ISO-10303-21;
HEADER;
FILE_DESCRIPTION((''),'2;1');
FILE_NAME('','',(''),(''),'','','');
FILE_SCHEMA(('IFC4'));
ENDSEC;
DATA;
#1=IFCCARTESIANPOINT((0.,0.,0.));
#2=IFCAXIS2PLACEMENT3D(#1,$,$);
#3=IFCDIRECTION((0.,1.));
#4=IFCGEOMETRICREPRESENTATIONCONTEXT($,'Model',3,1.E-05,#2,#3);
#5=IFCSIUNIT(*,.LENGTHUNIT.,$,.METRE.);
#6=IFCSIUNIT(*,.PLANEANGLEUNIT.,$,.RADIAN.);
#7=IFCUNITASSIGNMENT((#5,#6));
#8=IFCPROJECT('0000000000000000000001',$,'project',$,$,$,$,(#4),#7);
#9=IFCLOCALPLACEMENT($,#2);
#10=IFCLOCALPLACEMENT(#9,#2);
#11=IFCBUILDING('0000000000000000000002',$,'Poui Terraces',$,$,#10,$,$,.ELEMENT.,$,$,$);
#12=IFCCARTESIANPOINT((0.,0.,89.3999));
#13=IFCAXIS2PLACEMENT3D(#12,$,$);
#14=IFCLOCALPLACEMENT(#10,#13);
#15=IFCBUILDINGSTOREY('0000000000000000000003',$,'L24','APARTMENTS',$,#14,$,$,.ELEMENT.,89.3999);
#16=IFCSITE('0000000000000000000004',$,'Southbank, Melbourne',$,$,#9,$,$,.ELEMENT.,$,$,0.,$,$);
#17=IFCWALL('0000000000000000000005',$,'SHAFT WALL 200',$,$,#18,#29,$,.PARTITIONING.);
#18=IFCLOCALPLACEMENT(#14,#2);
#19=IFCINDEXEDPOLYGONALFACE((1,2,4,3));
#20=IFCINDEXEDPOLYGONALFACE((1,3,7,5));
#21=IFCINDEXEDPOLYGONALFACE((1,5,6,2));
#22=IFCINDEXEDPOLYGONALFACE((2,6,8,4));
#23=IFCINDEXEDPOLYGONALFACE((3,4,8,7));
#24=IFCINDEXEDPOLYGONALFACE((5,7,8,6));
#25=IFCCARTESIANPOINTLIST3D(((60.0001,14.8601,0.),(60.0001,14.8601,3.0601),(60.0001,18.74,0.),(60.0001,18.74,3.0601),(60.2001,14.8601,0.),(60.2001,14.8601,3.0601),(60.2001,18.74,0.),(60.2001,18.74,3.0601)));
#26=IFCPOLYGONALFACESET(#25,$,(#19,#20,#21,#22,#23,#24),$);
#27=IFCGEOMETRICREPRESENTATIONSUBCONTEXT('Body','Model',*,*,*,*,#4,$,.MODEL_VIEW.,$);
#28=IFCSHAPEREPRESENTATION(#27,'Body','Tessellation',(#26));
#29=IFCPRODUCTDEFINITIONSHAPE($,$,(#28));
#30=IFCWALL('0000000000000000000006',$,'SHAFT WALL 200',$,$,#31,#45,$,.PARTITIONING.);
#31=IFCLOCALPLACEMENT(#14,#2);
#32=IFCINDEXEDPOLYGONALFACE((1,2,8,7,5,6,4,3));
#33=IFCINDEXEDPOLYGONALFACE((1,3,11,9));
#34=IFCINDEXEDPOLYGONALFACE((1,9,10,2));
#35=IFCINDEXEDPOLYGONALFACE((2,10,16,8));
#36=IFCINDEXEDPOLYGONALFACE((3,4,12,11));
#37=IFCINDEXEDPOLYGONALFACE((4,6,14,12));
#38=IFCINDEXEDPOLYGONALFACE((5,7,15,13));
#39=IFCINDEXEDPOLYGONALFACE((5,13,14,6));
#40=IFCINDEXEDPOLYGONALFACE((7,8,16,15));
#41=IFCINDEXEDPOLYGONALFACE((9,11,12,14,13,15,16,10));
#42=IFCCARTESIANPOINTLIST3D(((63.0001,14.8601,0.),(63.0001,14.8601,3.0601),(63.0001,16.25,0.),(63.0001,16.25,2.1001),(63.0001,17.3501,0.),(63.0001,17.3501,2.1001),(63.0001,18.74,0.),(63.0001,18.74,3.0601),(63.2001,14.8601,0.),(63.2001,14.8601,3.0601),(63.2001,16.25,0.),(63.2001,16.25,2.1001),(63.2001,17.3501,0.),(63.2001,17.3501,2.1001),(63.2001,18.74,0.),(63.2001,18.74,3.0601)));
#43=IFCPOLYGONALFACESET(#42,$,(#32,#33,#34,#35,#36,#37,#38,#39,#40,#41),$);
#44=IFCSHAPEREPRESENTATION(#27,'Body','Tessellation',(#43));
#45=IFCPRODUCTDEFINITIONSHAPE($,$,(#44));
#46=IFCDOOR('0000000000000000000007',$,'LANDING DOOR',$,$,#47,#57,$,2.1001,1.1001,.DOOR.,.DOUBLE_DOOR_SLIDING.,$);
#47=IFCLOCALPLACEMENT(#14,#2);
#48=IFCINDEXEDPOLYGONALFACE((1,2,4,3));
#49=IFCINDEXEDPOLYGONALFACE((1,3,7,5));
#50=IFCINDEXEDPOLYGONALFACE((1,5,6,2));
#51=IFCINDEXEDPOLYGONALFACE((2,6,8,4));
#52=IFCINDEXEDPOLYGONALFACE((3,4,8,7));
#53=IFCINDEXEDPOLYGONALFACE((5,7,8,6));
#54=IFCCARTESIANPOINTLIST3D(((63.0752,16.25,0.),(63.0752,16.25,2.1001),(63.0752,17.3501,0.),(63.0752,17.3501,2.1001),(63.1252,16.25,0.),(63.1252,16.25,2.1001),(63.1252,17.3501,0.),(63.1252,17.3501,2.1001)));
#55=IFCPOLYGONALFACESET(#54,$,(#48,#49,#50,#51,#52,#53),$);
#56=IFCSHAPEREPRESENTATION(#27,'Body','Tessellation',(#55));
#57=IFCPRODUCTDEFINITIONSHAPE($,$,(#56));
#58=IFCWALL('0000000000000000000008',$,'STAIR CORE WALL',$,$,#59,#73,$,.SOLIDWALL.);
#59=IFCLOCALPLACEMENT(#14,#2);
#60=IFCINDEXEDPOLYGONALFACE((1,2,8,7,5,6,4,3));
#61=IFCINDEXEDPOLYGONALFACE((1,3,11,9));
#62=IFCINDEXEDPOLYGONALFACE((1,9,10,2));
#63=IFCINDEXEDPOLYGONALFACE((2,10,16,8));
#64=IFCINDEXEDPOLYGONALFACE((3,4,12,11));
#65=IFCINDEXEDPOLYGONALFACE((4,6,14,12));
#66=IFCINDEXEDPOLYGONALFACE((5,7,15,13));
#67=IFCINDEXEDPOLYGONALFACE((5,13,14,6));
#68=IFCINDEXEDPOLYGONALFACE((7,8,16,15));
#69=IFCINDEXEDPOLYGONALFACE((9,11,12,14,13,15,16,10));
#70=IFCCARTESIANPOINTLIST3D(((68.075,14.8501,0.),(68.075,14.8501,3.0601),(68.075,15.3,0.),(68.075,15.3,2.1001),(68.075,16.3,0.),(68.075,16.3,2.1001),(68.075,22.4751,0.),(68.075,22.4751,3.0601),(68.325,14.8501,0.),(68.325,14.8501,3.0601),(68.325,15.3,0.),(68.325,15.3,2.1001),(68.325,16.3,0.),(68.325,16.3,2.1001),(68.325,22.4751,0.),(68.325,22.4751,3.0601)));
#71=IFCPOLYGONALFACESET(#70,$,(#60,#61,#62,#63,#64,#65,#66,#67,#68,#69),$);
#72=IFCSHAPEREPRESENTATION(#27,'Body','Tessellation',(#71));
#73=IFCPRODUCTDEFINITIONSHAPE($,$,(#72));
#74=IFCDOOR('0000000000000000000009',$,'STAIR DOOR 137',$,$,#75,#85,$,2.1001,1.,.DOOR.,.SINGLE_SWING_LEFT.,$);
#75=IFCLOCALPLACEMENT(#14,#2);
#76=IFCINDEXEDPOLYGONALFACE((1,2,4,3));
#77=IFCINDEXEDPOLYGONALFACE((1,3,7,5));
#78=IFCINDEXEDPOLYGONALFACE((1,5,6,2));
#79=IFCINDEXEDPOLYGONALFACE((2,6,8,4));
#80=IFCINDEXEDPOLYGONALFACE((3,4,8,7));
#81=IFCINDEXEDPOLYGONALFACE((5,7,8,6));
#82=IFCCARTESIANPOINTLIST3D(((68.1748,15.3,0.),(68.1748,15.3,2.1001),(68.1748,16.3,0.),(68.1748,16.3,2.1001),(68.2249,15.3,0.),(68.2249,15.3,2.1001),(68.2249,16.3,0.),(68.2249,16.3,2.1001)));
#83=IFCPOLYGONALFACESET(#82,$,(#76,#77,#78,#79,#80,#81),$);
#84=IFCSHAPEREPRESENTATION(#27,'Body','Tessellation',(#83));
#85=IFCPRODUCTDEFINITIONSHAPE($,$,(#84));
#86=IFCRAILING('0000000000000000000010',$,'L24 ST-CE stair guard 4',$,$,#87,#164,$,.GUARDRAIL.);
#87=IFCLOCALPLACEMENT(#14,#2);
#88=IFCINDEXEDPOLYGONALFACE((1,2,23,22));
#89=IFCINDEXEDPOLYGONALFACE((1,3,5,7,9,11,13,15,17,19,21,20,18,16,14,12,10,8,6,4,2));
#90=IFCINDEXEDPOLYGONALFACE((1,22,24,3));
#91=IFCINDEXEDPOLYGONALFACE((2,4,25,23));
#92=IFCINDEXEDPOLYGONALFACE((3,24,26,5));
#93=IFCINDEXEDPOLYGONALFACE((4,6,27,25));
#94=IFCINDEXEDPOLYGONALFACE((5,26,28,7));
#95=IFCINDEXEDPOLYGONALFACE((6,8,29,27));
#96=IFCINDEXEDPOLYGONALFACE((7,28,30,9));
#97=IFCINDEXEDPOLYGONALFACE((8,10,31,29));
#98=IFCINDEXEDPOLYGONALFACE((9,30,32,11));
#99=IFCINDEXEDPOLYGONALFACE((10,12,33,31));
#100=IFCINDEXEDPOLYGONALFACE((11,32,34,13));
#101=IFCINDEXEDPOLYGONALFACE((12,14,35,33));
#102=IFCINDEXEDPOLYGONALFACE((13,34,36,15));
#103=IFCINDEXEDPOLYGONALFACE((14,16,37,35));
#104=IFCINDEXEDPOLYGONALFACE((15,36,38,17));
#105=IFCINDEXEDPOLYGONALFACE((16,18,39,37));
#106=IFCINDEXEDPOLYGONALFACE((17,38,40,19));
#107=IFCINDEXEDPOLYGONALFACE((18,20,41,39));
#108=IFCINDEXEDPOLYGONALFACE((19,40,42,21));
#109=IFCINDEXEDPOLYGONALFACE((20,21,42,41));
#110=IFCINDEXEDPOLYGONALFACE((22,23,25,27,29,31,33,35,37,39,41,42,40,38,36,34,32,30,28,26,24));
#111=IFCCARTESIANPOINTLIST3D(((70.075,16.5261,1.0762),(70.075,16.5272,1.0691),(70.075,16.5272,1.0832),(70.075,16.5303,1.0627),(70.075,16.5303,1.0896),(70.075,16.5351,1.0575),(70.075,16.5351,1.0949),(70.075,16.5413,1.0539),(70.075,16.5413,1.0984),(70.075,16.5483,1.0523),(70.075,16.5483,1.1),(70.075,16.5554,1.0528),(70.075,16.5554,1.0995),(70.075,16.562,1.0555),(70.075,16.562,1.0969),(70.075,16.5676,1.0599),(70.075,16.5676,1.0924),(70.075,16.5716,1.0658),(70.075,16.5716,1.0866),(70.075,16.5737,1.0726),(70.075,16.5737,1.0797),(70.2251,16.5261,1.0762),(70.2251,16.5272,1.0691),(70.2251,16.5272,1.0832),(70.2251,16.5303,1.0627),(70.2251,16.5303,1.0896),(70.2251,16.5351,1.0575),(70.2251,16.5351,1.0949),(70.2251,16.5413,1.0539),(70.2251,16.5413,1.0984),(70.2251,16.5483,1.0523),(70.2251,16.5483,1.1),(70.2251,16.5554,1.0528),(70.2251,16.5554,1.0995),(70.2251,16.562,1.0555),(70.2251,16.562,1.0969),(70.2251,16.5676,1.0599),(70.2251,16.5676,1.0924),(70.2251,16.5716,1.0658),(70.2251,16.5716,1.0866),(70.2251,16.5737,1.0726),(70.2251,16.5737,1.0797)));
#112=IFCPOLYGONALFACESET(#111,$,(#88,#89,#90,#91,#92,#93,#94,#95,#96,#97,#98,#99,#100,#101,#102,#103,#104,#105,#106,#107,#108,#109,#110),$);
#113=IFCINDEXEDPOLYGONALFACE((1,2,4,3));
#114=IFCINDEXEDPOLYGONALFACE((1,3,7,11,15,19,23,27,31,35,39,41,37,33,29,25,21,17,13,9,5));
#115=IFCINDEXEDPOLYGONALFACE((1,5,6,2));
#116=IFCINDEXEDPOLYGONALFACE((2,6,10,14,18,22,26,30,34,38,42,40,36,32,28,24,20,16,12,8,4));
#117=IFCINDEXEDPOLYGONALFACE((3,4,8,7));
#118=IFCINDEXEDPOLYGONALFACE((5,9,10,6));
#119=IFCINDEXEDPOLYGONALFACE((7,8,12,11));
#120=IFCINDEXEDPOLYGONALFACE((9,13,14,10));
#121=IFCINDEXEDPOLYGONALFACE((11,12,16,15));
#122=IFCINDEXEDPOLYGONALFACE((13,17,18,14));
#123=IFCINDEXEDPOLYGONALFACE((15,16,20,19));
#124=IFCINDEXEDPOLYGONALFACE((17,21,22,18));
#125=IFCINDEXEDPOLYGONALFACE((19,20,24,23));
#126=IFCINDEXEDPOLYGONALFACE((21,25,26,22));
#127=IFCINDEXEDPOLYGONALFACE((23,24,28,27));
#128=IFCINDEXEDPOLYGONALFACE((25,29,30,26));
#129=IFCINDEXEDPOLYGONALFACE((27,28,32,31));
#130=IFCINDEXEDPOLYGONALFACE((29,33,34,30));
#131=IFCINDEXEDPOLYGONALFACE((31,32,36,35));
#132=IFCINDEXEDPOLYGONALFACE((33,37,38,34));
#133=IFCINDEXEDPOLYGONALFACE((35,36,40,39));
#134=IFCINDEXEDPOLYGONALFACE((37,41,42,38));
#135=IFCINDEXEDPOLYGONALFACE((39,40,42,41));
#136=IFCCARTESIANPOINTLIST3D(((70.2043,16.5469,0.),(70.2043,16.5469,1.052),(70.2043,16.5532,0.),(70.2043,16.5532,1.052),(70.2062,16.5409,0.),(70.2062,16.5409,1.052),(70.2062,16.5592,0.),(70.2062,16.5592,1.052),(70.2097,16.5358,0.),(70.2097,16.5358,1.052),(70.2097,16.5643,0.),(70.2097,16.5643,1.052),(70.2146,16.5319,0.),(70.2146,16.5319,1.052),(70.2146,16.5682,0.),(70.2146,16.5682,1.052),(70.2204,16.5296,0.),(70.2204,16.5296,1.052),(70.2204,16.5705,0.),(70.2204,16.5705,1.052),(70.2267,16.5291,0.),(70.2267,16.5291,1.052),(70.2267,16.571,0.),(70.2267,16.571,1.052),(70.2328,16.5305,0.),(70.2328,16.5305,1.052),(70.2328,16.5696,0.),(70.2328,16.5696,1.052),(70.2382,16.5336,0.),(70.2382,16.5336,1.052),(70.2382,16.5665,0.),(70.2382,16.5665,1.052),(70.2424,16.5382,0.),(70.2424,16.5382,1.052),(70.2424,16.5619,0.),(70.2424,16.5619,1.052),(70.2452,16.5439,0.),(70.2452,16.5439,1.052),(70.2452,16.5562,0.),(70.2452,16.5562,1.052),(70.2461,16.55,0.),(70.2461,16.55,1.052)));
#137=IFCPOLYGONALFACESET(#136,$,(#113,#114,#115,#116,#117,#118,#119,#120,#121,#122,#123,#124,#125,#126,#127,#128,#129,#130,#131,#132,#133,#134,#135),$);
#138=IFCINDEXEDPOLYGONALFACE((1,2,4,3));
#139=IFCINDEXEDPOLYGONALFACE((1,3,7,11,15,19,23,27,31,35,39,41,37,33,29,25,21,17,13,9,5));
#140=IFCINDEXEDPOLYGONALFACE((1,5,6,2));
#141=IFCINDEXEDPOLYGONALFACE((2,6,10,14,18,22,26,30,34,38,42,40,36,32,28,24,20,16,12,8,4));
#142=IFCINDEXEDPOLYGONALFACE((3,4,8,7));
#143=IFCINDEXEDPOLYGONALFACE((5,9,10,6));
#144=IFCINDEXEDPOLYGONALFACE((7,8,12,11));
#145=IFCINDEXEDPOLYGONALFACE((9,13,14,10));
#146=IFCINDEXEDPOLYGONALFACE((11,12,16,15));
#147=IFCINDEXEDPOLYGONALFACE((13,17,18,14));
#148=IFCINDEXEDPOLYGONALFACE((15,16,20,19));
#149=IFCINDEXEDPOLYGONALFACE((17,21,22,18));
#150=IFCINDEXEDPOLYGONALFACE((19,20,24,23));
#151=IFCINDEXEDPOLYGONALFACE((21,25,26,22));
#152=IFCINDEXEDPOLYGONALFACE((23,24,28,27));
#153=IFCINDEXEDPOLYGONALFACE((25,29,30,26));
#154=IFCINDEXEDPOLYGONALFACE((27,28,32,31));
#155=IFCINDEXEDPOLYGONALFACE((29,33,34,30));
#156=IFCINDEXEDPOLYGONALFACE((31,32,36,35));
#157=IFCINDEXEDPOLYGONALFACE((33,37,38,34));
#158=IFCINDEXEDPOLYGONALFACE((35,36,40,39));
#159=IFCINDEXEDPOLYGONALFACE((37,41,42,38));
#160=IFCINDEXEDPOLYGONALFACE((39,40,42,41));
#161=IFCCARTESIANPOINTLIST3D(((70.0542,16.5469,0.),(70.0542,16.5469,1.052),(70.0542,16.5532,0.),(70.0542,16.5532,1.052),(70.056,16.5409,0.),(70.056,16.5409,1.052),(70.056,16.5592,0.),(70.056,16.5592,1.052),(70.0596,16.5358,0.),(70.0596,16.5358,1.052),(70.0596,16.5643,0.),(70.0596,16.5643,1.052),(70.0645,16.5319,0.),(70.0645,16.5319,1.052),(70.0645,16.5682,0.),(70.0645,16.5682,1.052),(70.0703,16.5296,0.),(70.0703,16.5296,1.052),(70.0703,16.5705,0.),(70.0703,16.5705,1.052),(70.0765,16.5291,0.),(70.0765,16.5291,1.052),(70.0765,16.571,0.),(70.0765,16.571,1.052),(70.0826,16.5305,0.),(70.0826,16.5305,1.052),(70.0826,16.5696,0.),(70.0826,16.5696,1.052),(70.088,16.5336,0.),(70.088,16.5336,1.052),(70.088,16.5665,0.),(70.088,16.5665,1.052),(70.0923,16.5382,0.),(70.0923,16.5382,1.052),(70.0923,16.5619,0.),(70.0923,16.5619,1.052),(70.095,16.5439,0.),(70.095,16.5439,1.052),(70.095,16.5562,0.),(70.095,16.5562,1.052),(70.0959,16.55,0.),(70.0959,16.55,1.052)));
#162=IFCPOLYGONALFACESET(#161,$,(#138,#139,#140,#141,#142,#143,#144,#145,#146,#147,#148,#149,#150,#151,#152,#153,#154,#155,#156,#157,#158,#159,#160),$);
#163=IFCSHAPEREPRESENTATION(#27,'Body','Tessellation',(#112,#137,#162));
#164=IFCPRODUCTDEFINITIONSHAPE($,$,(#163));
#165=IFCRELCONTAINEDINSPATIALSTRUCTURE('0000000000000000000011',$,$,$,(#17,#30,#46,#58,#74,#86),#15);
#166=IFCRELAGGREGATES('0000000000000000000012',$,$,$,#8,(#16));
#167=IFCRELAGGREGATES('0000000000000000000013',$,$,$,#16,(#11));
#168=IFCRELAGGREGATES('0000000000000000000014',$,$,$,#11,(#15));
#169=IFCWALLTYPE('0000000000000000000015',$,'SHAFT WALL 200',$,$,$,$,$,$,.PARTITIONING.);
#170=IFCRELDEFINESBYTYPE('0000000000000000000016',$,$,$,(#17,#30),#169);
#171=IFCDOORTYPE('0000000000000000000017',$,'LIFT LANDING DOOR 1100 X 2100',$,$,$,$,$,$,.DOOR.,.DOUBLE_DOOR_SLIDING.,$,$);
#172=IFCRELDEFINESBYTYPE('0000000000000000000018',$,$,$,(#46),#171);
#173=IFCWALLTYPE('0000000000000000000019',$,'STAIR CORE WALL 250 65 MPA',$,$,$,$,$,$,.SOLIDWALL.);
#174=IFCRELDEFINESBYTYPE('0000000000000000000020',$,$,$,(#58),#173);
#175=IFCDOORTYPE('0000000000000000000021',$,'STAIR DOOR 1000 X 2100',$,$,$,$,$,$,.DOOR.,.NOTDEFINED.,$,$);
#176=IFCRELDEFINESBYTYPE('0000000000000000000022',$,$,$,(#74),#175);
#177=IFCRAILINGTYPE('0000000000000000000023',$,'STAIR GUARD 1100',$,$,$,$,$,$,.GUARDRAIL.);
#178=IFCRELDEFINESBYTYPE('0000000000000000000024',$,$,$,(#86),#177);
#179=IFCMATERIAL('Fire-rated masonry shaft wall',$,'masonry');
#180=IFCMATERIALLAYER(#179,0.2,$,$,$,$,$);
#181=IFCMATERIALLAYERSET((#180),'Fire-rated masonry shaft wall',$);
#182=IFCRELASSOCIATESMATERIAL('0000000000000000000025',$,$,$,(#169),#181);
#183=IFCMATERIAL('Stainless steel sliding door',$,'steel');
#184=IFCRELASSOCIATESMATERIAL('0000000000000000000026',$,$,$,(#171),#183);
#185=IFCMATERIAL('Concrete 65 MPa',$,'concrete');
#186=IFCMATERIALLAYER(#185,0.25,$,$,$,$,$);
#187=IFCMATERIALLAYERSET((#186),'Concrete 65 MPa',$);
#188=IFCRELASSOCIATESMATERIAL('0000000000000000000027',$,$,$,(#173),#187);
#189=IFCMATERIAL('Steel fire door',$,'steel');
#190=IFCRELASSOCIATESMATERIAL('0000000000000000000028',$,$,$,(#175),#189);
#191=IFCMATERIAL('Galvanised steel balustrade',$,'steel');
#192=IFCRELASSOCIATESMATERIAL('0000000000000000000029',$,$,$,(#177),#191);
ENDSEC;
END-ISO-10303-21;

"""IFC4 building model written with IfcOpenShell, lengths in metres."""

from ifc_helpers import new_model, si_unit, direction, frame, frame_2d, origin, origin_2d, place, context, subcontext, project, spatial, rectangle, circle, extrude, material, layer, layer_set, type_object, element, fill, save


model = new_model("IFC4")

# Units and contexts
model_context = context("Model", 3, precision=1e-05, world=origin(), true_north=direction((0.0, 1.0)))
body_context = subcontext(model_context, "Body", "Model", "MODEL_VIEW")
ifc_project = project(units=[si_unit("LENGTHUNIT", "METRE"), si_unit("PLANEANGLEUNIT", "RADIAN")], contexts=[model_context])

# Site, building, storey
site_placement = place(None, origin())
site = spatial("IfcSite", under=ifc_project, at=site_placement, Name="Southbank, Melbourne", CompositionType="ELEMENT", RefElevation=0.0)
building_placement = place(site_placement, origin())
building = spatial("IfcBuilding", under=site, at=building_placement, Name="Poui Terraces", CompositionType="ELEMENT")
storey_placement = place(building_placement, frame((0.0, 0.0, 89.3999)))
storey = spatial("IfcBuildingStorey", under=building, at=storey_placement, Name="L24", Description="APARTMENTS", CompositionType="ELEMENT", Elevation=89.3999)

# Shared definitions
ifc_material_1 = material(Name="Concrete 65 MPa", Category="concrete")

# Shared definitions
ifc_material_2 = material(Name="Steel fire door", Category="steel")

# Wall
ifc_material_3 = material(Name="Fire-rated masonry shaft wall", Category="masonry")
ifc_layer_1 = layer(ifc_material_3, 0.2)
ifc_layer_set_1 = layer_set([ifc_layer_1], Name="Fire-rated masonry shaft wall")
wall_type_1 = type_object("IfcWallType", Name="SHAFT WALL 200", PredefinedType="PARTITIONING", material=ifc_layer_set_1)
wall_1_placement = place(storey_placement, frame((60.1001, 14.8601, 0.0), z_axis=(0.0, 0.0, 1.0), x_axis=(0.0, 1.0, 0.0)))
element("IfcWall", 1, at=wall_1_placement, inside=storey, type_object=wall_type_1, Name="SHAFT WALL 200", PredefinedType="PARTITIONING", context=body_context, shape_type="SweptSolid", body=[
    extrude(rectangle(XDim=3.8799, YDim=0.2, at=frame_2d((1.9399, 0.0))), origin(), (0.0, 0.0, 1.0), 3.0601),
])

# Walls, openings, doors
wall_2_placement = place(storey_placement, frame((63.1001, 14.8601, 0.0), z_axis=(0.0, 0.0, 1.0), x_axis=(0.0, 1.0, 0.0)))
wall_2 = element("IfcWall", 2, at=wall_2_placement, inside=storey, type_object=wall_type_1, Name="SHAFT WALL 200", PredefinedType="PARTITIONING", context=body_context, shape_type="SweptSolid", body=[
    extrude(rectangle(XDim=3.8799, YDim=0.2, at=frame_2d((1.9399, 0.0))), origin(), (0.0, 0.0, 1.0), 3.0601),
])
opening_1_placement = place(wall_2_placement, frame((1.3899, 0.0, 0.0)))
opening_1 = element("IfcOpeningElement", 3, at=opening_1_placement, cuts=wall_2, PredefinedType="OPENING", context=body_context, shape_type="SweptSolid", body=[
    extrude(rectangle(XDim=1.1001, YDim=2.1001, at=frame_2d((0.55, 1.05))), frame((0.0, 0.1099, 0.0), z_axis=(0.0, -1.0, 0.0), x_axis=(1.0, 0.0, 0.0)), (0.0, 0.0, 1.0), 0.22),
])
ifc_material_4 = material(Name="Stainless steel sliding door", Category="steel")
door_type_1 = type_object("IfcDoorType", Name="LIFT LANDING DOOR 1100 X 2100", OperationType="DOUBLE_DOOR_SLIDING", PredefinedType="DOOR", material=ifc_material_4)
door_1_placement = place(opening_1_placement, origin())
door_1 = element("IfcDoor", 4, at=door_1_placement, inside=storey, type_object=door_type_1, Name="LANDING DOOR", OperationType="DOUBLE_DOOR_SLIDING", OverallHeight=2.1001, OverallWidth=1.1001, PredefinedType="DOOR", context=body_context, shape_type="SweptSolid", body=[
    extrude(rectangle(XDim=1.1001, YDim=2.1001, at=frame_2d((0.55, 1.05))), frame((0.0, 0.0249, 0.0), z_axis=(0.0, -1.0, 0.0), x_axis=(1.0, 0.0, 0.0)), (0.0, 0.0, 1.0), 0.05),
])
fill(opening_1, door_1)
ifc_layer_2 = layer(ifc_material_1, 0.25)
ifc_layer_set_2 = layer_set([ifc_layer_2], Name="Concrete 65 MPa")
wall_type_2 = type_object("IfcWallType", Name="STAIR CORE WALL 250 65 MPA", PredefinedType="SOLIDWALL", material=ifc_layer_set_2)
wall_3_placement = place(storey_placement, frame((68.2, 14.8501, 0.0), z_axis=(0.0, 0.0, 1.0), x_axis=(0.0, 1.0, 0.0)))
wall_3 = element("IfcWall", 5, at=wall_3_placement, inside=storey, type_object=wall_type_2, Name="STAIR CORE WALL", PredefinedType="SOLIDWALL", context=body_context, shape_type="SweptSolid", body=[
    extrude(rectangle(XDim=7.625, YDim=0.25, at=frame_2d((3.8125, 0.0))), origin(), (0.0, 0.0, 1.0), 3.0601),
])
opening_2_placement = place(wall_3_placement, frame((0.45, 0.0, 0.0)))
opening_2 = element("IfcOpeningElement", 6, at=opening_2_placement, cuts=wall_3, PredefinedType="OPENING", context=body_context, shape_type="SweptSolid", body=[
    extrude(rectangle(XDim=1.0, YDim=2.1001, at=frame_2d((0.5, 1.05))), frame((0.0, 0.135, 0.0), z_axis=(0.0, -1.0, 0.0), x_axis=(1.0, 0.0, 0.0)), (0.0, 0.0, 1.0), 0.27),
])
door_type_2 = type_object("IfcDoorType", Name="STAIR DOOR 1000 X 2100", OperationType="NOTDEFINED", PredefinedType="DOOR", material=ifc_material_2)
door_2_placement = place(opening_2_placement, frame((1.0, 0.0, 0.0), z_axis=(0.0, 0.0, 1.0), x_axis=(-1.0, 0.0, 0.0)))
door_2 = element("IfcDoor", 7, at=door_2_placement, inside=storey, type_object=door_type_2, Name="STAIR DOOR 137", OperationType="SINGLE_SWING_LEFT", OverallHeight=2.1001, OverallWidth=1.0, PredefinedType="DOOR", context=body_context, shape_type="SweptSolid", body=[
    extrude(rectangle(XDim=1.0, YDim=2.1001, at=frame_2d((0.5, 1.05))), frame((0.0, 0.0249, 0.0), z_axis=(0.0, -1.0, 0.0), x_axis=(1.0, 0.0, 0.0)), (0.0, 0.0, 1.0), 0.05),
])
fill(opening_2, door_2)

# Railing
ifc_material_5 = material(Name="Galvanised steel balustrade", Category="steel")
railing_type = type_object("IfcRailingType", Name="STAIR GUARD 1100", PredefinedType="GUARDRAIL", material=ifc_material_5)
railing_placement = place(storey_placement, frame((70.2251, 16.55, 0.0)))
element("IfcRailing", 8, at=railing_placement, inside=storey, type_object=railing_type, Name="L24 ST-CE stair guard 4", PredefinedType="GUARDRAIL", context=body_context, shape_type="SweptSolid", body=[
    extrude(circle(Radius=0.0239, at=origin_2d()), frame((0.0, 0.0, 1.0762), z_axis=(-1.0, 0.0, 0.0), x_axis=(0.0, -1.0, 0.0)), (0.0, 0.0, 1.0), 0.1501),
    extrude(circle(Radius=0.021, at=origin_2d()), origin(), (0.0, 0.0, 1.0), 1.052),
    extrude(circle(Radius=0.021, at=origin_2d()), frame((-0.1501, 0.0, 0.0)), (0.0, 0.0, 1.0), 1.052),
])

save(model, "model.ifc")
